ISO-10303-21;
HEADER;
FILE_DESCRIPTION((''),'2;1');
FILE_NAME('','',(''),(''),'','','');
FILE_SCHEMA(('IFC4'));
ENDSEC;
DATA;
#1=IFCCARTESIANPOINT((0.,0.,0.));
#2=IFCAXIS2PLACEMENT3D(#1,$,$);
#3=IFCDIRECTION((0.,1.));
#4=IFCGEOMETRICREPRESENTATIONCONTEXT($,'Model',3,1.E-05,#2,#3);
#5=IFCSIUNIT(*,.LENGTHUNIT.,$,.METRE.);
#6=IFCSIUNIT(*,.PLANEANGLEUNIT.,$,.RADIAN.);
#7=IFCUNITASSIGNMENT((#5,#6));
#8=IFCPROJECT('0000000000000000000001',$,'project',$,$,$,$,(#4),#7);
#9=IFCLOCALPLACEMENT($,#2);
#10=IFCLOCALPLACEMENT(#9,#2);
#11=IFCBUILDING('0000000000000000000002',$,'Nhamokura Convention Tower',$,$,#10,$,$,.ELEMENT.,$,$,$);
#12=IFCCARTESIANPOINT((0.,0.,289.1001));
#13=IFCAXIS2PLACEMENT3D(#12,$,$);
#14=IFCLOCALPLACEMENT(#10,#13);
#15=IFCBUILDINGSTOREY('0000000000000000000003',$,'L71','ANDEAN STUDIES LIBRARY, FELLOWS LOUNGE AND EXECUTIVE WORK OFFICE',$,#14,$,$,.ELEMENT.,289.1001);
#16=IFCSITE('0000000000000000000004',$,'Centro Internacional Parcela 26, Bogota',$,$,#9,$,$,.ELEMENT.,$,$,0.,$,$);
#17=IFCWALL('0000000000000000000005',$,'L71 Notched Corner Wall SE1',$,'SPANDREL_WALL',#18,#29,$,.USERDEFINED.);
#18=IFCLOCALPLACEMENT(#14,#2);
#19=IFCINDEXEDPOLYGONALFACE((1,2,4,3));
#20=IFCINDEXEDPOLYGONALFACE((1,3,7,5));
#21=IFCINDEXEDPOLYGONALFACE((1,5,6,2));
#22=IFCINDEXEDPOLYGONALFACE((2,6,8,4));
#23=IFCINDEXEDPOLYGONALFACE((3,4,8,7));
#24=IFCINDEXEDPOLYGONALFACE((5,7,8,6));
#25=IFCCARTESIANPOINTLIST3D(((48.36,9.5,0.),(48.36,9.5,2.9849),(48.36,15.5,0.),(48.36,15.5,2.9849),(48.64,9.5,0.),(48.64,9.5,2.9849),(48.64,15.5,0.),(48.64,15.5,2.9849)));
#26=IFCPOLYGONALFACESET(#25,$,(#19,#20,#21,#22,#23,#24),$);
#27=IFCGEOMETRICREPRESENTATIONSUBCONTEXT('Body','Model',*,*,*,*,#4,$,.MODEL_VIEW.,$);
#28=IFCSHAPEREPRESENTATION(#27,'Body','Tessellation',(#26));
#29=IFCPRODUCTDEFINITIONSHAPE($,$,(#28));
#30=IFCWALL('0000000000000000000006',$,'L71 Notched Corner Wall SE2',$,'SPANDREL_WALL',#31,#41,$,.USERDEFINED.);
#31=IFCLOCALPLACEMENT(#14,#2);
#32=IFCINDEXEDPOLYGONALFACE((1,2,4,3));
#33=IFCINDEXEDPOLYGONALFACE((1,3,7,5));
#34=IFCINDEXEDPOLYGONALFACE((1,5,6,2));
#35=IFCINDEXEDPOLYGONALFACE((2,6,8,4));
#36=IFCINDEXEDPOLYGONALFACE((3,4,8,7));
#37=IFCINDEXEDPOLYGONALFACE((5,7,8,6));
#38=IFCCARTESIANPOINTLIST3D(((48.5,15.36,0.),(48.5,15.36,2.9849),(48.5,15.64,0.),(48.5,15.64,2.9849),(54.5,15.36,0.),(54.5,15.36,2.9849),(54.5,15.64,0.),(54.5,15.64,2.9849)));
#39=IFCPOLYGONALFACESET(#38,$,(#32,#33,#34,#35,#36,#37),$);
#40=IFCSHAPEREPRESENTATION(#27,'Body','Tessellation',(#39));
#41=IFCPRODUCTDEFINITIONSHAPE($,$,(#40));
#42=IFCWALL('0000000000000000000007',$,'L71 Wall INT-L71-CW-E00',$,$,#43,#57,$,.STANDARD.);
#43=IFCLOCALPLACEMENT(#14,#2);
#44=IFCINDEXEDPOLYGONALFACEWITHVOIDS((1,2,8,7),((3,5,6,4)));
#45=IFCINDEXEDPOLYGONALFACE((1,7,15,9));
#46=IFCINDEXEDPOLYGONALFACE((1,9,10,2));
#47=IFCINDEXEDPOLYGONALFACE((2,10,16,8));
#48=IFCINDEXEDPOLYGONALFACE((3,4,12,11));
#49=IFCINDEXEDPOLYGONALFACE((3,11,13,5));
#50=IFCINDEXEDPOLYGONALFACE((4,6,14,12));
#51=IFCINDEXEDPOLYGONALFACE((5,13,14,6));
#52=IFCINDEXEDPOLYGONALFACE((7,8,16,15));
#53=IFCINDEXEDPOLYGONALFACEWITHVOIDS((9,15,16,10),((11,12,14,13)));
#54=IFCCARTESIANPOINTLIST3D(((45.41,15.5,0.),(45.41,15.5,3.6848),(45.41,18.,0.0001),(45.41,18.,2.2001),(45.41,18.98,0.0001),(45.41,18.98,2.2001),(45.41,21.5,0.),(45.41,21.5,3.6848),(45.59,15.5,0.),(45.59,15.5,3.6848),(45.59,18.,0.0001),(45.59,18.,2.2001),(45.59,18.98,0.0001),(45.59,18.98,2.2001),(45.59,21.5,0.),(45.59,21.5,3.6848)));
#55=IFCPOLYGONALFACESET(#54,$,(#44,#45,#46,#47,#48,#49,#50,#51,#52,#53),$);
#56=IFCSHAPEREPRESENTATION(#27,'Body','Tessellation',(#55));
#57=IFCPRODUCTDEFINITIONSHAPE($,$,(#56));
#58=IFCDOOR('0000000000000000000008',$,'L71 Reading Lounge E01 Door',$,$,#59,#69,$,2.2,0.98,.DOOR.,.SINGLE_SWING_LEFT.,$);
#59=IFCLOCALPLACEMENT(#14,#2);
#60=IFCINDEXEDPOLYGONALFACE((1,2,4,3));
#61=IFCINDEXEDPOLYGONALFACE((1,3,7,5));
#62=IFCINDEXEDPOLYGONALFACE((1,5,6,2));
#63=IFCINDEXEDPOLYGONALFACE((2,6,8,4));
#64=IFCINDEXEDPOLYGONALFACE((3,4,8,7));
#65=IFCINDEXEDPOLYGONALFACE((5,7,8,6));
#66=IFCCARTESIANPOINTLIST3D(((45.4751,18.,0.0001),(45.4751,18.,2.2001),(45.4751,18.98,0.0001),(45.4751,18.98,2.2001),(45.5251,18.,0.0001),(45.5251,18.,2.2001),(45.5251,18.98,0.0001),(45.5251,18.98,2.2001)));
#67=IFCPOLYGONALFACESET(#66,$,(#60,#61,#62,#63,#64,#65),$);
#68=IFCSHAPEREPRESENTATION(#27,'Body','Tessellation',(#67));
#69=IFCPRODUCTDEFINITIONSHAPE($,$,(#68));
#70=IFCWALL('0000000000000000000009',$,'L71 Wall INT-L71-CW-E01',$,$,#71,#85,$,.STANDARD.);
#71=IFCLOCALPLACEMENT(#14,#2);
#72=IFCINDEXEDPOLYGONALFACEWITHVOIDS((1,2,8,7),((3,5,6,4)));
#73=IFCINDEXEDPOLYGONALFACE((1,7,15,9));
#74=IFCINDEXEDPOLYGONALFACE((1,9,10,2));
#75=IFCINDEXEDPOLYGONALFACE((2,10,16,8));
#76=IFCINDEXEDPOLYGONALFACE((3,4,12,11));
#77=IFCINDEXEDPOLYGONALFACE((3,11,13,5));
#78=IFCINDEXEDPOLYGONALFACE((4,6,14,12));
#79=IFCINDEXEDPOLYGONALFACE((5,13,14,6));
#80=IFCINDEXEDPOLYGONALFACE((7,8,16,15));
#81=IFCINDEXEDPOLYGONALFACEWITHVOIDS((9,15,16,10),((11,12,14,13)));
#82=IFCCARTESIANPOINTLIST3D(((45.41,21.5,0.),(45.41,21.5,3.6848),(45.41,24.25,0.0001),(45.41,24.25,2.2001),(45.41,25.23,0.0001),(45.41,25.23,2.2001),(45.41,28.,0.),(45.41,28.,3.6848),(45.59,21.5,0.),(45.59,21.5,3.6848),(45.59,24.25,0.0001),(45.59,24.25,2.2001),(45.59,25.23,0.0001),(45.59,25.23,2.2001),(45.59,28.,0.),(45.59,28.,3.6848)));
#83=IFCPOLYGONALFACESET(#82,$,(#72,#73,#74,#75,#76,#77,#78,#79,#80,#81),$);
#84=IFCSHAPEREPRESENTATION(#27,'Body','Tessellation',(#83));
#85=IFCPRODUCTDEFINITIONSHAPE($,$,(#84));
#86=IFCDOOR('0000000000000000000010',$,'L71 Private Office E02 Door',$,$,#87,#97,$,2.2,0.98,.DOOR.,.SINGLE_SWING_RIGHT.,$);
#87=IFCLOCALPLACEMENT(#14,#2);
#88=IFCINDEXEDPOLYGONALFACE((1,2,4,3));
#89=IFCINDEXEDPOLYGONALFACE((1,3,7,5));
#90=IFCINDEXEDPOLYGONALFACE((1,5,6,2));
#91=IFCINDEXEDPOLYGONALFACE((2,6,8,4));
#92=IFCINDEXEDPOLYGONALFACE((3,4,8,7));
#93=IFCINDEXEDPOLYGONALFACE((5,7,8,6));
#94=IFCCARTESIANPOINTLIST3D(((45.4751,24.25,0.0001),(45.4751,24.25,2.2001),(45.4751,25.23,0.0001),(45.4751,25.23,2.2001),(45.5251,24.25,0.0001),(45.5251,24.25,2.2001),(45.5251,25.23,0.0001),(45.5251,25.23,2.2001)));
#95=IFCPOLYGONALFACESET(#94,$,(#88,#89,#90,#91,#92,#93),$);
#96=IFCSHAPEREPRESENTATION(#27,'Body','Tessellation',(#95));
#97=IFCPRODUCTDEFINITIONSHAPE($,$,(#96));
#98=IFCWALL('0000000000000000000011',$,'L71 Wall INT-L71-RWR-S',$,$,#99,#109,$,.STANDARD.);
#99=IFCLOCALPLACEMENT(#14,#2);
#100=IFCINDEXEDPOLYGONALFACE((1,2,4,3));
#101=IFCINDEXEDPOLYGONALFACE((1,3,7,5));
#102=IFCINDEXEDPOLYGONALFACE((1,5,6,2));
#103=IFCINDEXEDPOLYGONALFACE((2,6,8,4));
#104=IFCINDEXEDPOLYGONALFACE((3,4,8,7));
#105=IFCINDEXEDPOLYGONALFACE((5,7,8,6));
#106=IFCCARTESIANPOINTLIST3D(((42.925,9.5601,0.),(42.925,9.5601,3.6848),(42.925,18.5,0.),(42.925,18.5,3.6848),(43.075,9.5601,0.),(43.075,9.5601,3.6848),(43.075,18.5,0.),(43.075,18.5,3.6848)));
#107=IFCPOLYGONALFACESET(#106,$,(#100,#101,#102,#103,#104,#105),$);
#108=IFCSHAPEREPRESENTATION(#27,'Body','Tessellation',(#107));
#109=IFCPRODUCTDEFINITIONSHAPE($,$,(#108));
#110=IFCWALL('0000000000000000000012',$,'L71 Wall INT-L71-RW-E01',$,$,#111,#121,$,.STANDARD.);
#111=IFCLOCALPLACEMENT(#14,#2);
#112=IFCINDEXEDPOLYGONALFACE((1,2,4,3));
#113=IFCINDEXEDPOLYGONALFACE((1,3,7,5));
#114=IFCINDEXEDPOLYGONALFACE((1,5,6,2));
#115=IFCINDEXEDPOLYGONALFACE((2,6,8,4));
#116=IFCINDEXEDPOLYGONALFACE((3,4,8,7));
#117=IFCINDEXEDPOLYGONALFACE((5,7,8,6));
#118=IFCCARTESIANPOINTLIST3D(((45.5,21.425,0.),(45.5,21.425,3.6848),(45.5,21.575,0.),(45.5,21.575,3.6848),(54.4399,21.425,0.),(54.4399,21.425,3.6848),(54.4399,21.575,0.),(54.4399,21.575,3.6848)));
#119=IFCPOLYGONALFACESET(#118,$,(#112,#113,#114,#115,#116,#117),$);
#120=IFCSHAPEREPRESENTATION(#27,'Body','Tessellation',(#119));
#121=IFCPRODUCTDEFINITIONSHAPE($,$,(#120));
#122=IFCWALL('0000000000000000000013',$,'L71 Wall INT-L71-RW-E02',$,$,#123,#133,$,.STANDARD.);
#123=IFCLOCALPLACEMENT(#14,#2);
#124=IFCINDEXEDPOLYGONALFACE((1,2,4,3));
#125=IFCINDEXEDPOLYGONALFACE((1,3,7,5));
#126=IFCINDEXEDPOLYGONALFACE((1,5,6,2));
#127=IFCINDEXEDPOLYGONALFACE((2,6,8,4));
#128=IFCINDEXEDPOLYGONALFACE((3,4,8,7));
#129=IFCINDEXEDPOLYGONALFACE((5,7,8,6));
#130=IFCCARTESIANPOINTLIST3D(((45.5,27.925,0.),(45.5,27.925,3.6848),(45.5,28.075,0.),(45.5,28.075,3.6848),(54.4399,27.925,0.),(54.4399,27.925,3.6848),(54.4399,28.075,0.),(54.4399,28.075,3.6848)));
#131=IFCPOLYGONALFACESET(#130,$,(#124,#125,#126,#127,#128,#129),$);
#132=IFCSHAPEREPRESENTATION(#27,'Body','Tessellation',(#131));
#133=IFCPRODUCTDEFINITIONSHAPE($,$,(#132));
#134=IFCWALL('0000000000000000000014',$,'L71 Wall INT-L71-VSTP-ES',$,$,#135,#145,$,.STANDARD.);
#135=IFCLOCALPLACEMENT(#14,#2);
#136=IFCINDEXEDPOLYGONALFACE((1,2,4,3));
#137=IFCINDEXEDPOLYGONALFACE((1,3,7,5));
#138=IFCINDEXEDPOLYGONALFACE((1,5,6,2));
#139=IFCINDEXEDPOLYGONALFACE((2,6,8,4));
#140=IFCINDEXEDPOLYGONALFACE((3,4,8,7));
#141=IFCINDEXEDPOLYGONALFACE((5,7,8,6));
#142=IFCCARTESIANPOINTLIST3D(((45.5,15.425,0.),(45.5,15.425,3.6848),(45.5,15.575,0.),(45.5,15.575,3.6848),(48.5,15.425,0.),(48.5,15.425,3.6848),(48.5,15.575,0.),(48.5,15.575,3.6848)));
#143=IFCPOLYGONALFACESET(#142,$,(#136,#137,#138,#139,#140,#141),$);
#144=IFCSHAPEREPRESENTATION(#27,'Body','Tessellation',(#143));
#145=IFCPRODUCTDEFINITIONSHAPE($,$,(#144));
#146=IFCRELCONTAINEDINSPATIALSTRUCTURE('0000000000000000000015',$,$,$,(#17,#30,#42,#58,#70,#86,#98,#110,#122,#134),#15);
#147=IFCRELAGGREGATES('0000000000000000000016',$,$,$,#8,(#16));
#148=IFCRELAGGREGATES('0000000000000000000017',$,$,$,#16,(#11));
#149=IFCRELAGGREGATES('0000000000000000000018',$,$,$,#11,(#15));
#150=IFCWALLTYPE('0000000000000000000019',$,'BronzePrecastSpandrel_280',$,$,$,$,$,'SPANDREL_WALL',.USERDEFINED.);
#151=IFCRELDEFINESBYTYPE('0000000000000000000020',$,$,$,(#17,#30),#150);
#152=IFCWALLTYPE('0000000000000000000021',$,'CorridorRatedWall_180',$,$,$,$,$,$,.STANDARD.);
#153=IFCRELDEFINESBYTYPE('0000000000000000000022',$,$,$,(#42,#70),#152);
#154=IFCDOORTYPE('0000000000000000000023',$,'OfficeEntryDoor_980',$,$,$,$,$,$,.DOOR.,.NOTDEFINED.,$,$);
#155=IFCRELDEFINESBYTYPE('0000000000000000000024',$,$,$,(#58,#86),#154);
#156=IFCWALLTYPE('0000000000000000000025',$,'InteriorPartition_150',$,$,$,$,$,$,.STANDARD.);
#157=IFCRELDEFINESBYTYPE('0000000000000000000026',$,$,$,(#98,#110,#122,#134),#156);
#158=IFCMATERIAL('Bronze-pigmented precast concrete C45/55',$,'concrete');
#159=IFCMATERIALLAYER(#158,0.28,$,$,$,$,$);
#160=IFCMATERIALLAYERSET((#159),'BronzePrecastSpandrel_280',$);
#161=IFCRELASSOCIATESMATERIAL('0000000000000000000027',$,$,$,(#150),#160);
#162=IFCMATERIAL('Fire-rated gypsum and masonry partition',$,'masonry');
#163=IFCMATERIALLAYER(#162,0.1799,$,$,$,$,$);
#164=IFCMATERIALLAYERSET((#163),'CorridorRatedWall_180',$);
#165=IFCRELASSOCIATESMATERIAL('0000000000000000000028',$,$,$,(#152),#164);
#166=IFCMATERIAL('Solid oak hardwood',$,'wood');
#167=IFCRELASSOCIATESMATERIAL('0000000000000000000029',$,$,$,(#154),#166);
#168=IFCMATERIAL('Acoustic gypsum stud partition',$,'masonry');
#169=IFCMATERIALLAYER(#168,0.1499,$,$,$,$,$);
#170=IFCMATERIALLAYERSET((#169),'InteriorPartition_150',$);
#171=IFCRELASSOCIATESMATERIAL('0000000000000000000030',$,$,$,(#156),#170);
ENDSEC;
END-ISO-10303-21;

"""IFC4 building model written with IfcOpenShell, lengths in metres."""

from ifc_helpers import new_model, si_unit, direction, frame, frame_2d, origin, place, context, subcontext, project, spatial, rectangle, extrude, material, layer, layer_set, type_object, element, fill, save


model = new_model("IFC4")

# Units and contexts
model_context = context("Model", 3, precision=1e-05, world=origin(), true_north=direction((0.0, 1.0)))
body_context = subcontext(model_context, "Body", "Model", "MODEL_VIEW")
ifc_project = project(units=[si_unit("LENGTHUNIT", "METRE"), si_unit("PLANEANGLEUNIT", "RADIAN")], contexts=[model_context])

# Site, building, storey
site_placement = place(None, origin())
site = spatial("IfcSite", under=ifc_project, at=site_placement, Name="Centro Internacional Parcela 26, Bogota", CompositionType="ELEMENT", RefElevation=0.0)
building_placement = place(site_placement, origin())
building = spatial("IfcBuilding", under=site, at=building_placement, Name="Nhamokura Convention Tower", CompositionType="ELEMENT")
storey_placement = place(building_placement, frame((0.0, 0.0, 289.1001)))
storey = spatial("IfcBuildingStorey", under=building, at=storey_placement, Name="L71", Description="ANDEAN STUDIES LIBRARY, FELLOWS LOUNGE AND EXECUTIVE WORK OFFICE", CompositionType="ELEMENT", Elevation=289.1001)

# Shared definitions
ifc_material_1 = material(Name="Bronze-pigmented precast concrete C45/55", Category="concrete")
ifc_layer_1 = layer(ifc_material_1, 0.28)
ifc_layer_set_1 = layer_set([ifc_layer_1], Name="BronzePrecastSpandrel_280")
wall_type_1 = type_object("IfcWallType", Name="BronzePrecastSpandrel_280", ElementType="SPANDREL_WALL", PredefinedType="USERDEFINED", material=ifc_layer_set_1)

# Walls
for number, where, z_axis, x_axis, name in (
    (1, (48.5, 15.5, 0.0), (0.0, 0.0, 1.0), (0.0, -1.0, 0.0), "L71 Notched Corner Wall SE1"),
    (2, (54.5, 15.5, 0.0), (0.0, 0.0, 1.0), (-1.0, 0.0, 0.0), "L71 Notched Corner Wall SE2"),
):
    element("IfcWall", number, at=place(storey_placement, frame(where, z_axis=z_axis, x_axis=x_axis)), inside=storey, type_object=wall_type_1, Name=name, ObjectType="SPANDREL_WALL", PredefinedType="USERDEFINED", context=body_context, shape_type="SweptSolid", body=[
        extrude(rectangle(XDim=6.0, YDim=0.28, at=frame_2d((3.0, 0.0))), origin(), (0.0, 0.0, 1.0), 2.9849),
    ])

# Walls, openings, doors
ifc_material_2 = material(Name="Fire-rated gypsum and masonry partition", Category="masonry")
ifc_layer_2 = layer(ifc_material_2, 0.1799)
ifc_layer_set_2 = layer_set([ifc_layer_2], Name="CorridorRatedWall_180")
wall_type_2 = type_object("IfcWallType", Name="CorridorRatedWall_180", PredefinedType="STANDARD", material=ifc_layer_set_2)
wall_1_placement = place(storey_placement, frame((45.5, 15.5, 0.0), z_axis=(0.0, 0.0, 1.0), x_axis=(0.0, 1.0, 0.0)))
wall_1 = element("IfcWall", 3, at=wall_1_placement, inside=storey, type_object=wall_type_2, Name="L71 Wall INT-L71-CW-E00", PredefinedType="STANDARD", context=body_context, shape_type="SweptSolid", body=[
    extrude(rectangle(XDim=6.0, YDim=0.1799, at=frame_2d((3.0, 0.0))), origin(), (0.0, 0.0, 1.0), 3.6848),
])
opening_1_placement = place(wall_1_placement, frame((2.5, 0.0, 0.0)))
opening_1 = element("IfcOpeningElement", 4, at=opening_1_placement, cuts=wall_1, PredefinedType="OPENING", context=body_context, shape_type="SweptSolid", body=[
    extrude(rectangle(XDim=0.98, YDim=2.2, at=frame_2d((0.49, 1.1001))), frame((0.0, 0.0999, 0.0), z_axis=(0.0, -1.0, 0.0), x_axis=(1.0, 0.0, 0.0)), (0.0, 0.0, 1.0), 0.2),
])
ifc_material_3 = material(Name="Solid oak hardwood", Category="wood")
door_type = type_object("IfcDoorType", Name="OfficeEntryDoor_980", OperationType="NOTDEFINED", PredefinedType="DOOR", material=ifc_material_3)
door_1_placement = place(opening_1_placement, origin())
door_1 = element("IfcDoor", 5, at=door_1_placement, inside=storey, type_object=door_type, Name="L71 Reading Lounge E01 Door", OperationType="SINGLE_SWING_LEFT", OverallHeight=2.2, OverallWidth=0.98, PredefinedType="DOOR", context=body_context, shape_type="SweptSolid", body=[
    extrude(rectangle(XDim=0.98, YDim=2.2, at=frame_2d((0.49, 1.1001))), frame((0.0, 0.0249, 0.0), z_axis=(0.0, -1.0, 0.0), x_axis=(1.0, 0.0, 0.0)), (0.0, 0.0, 1.0), 0.05),
])
fill(opening_1, door_1)
wall_2_placement = place(storey_placement, frame((45.5, 21.5, 0.0), z_axis=(0.0, 0.0, 1.0), x_axis=(0.0, 1.0, 0.0)))
wall_2 = element("IfcWall", 6, at=wall_2_placement, inside=storey, type_object=wall_type_2, Name="L71 Wall INT-L71-CW-E01", PredefinedType="STANDARD", context=body_context, shape_type="SweptSolid", body=[
    extrude(rectangle(XDim=6.5, YDim=0.1799, at=frame_2d((3.25, 0.0))), origin(), (0.0, 0.0, 1.0), 3.6848),
])
opening_2_placement = place(wall_2_placement, frame((2.75, 0.0, 0.0)))
opening_2 = element("IfcOpeningElement", 7, at=opening_2_placement, cuts=wall_2, PredefinedType="OPENING", context=body_context, shape_type="SweptSolid", body=[
    extrude(rectangle(XDim=0.98, YDim=2.2, at=frame_2d((0.49, 1.1001))), frame((0.0, 0.0999, 0.0), z_axis=(0.0, -1.0, 0.0), x_axis=(1.0, 0.0, 0.0)), (0.0, 0.0, 1.0), 0.2),
])
door_2_placement = place(opening_2_placement, origin())
door_2 = element("IfcDoor", 8, at=door_2_placement, inside=storey, type_object=door_type, Name="L71 Private Office E02 Door", OperationType="SINGLE_SWING_RIGHT", OverallHeight=2.2, OverallWidth=0.98, PredefinedType="DOOR", context=body_context, shape_type="SweptSolid", body=[
    extrude(rectangle(XDim=0.98, YDim=2.2, at=frame_2d((0.49, 1.1001))), frame((0.0, 0.0249, 0.0), z_axis=(0.0, -1.0, 0.0), x_axis=(1.0, 0.0, 0.0)), (0.0, 0.0, 1.0), 0.05),
])
fill(opening_2, door_2)

# Walls
ifc_material_4 = material(Name="Acoustic gypsum stud partition", Category="masonry")
ifc_layer_3 = layer(ifc_material_4, 0.1499)
ifc_layer_set_3 = layer_set([ifc_layer_3], Name="InteriorPartition_150")
wall_type_3 = type_object("IfcWallType", Name="InteriorPartition_150", PredefinedType="STANDARD", material=ifc_layer_set_3)
for number, where, z_axis, x_axis, name in (
    (9, (43.0, 9.5601, 0.0), (0.0, 0.0, 1.0), (0.0, 1.0, 0.0), "L71 Wall INT-L71-RWR-S"),
    (10, (45.5, 21.5, 0.0), (0.0, 0.0, 1.0), (1.0, 0.0, 0.0), "L71 Wall INT-L71-RW-E01"),
    (11, (45.5, 28.0, 0.0), (0.0, 0.0, 1.0), (1.0, 0.0, 0.0), "L71 Wall INT-L71-RW-E02"),
):
    element("IfcWall", number, at=place(storey_placement, frame(where, z_axis=z_axis, x_axis=x_axis)), inside=storey, type_object=wall_type_3, Name=name, PredefinedType="STANDARD", context=body_context, shape_type="SweptSolid", body=[
        extrude(rectangle(XDim=8.9399, YDim=0.1499, at=frame_2d((4.47, 0.0))), origin(), (0.0, 0.0, 1.0), 3.6848),
    ])
wall_3_placement = place(storey_placement, frame((45.5, 15.5, 0.0), z_axis=(0.0, 0.0, 1.0), x_axis=(1.0, 0.0, 0.0)))
element("IfcWall", 12, at=wall_3_placement, inside=storey, type_object=wall_type_3, Name="L71 Wall INT-L71-VSTP-ES", PredefinedType="STANDARD", context=body_context, shape_type="SweptSolid", body=[
    extrude(rectangle(XDim=3.0, YDim=0.1499, at=frame_2d((1.5, 0.0))), origin(), (0.0, 0.0, 1.0), 3.6848),
])

save(model, "model.ifc")
